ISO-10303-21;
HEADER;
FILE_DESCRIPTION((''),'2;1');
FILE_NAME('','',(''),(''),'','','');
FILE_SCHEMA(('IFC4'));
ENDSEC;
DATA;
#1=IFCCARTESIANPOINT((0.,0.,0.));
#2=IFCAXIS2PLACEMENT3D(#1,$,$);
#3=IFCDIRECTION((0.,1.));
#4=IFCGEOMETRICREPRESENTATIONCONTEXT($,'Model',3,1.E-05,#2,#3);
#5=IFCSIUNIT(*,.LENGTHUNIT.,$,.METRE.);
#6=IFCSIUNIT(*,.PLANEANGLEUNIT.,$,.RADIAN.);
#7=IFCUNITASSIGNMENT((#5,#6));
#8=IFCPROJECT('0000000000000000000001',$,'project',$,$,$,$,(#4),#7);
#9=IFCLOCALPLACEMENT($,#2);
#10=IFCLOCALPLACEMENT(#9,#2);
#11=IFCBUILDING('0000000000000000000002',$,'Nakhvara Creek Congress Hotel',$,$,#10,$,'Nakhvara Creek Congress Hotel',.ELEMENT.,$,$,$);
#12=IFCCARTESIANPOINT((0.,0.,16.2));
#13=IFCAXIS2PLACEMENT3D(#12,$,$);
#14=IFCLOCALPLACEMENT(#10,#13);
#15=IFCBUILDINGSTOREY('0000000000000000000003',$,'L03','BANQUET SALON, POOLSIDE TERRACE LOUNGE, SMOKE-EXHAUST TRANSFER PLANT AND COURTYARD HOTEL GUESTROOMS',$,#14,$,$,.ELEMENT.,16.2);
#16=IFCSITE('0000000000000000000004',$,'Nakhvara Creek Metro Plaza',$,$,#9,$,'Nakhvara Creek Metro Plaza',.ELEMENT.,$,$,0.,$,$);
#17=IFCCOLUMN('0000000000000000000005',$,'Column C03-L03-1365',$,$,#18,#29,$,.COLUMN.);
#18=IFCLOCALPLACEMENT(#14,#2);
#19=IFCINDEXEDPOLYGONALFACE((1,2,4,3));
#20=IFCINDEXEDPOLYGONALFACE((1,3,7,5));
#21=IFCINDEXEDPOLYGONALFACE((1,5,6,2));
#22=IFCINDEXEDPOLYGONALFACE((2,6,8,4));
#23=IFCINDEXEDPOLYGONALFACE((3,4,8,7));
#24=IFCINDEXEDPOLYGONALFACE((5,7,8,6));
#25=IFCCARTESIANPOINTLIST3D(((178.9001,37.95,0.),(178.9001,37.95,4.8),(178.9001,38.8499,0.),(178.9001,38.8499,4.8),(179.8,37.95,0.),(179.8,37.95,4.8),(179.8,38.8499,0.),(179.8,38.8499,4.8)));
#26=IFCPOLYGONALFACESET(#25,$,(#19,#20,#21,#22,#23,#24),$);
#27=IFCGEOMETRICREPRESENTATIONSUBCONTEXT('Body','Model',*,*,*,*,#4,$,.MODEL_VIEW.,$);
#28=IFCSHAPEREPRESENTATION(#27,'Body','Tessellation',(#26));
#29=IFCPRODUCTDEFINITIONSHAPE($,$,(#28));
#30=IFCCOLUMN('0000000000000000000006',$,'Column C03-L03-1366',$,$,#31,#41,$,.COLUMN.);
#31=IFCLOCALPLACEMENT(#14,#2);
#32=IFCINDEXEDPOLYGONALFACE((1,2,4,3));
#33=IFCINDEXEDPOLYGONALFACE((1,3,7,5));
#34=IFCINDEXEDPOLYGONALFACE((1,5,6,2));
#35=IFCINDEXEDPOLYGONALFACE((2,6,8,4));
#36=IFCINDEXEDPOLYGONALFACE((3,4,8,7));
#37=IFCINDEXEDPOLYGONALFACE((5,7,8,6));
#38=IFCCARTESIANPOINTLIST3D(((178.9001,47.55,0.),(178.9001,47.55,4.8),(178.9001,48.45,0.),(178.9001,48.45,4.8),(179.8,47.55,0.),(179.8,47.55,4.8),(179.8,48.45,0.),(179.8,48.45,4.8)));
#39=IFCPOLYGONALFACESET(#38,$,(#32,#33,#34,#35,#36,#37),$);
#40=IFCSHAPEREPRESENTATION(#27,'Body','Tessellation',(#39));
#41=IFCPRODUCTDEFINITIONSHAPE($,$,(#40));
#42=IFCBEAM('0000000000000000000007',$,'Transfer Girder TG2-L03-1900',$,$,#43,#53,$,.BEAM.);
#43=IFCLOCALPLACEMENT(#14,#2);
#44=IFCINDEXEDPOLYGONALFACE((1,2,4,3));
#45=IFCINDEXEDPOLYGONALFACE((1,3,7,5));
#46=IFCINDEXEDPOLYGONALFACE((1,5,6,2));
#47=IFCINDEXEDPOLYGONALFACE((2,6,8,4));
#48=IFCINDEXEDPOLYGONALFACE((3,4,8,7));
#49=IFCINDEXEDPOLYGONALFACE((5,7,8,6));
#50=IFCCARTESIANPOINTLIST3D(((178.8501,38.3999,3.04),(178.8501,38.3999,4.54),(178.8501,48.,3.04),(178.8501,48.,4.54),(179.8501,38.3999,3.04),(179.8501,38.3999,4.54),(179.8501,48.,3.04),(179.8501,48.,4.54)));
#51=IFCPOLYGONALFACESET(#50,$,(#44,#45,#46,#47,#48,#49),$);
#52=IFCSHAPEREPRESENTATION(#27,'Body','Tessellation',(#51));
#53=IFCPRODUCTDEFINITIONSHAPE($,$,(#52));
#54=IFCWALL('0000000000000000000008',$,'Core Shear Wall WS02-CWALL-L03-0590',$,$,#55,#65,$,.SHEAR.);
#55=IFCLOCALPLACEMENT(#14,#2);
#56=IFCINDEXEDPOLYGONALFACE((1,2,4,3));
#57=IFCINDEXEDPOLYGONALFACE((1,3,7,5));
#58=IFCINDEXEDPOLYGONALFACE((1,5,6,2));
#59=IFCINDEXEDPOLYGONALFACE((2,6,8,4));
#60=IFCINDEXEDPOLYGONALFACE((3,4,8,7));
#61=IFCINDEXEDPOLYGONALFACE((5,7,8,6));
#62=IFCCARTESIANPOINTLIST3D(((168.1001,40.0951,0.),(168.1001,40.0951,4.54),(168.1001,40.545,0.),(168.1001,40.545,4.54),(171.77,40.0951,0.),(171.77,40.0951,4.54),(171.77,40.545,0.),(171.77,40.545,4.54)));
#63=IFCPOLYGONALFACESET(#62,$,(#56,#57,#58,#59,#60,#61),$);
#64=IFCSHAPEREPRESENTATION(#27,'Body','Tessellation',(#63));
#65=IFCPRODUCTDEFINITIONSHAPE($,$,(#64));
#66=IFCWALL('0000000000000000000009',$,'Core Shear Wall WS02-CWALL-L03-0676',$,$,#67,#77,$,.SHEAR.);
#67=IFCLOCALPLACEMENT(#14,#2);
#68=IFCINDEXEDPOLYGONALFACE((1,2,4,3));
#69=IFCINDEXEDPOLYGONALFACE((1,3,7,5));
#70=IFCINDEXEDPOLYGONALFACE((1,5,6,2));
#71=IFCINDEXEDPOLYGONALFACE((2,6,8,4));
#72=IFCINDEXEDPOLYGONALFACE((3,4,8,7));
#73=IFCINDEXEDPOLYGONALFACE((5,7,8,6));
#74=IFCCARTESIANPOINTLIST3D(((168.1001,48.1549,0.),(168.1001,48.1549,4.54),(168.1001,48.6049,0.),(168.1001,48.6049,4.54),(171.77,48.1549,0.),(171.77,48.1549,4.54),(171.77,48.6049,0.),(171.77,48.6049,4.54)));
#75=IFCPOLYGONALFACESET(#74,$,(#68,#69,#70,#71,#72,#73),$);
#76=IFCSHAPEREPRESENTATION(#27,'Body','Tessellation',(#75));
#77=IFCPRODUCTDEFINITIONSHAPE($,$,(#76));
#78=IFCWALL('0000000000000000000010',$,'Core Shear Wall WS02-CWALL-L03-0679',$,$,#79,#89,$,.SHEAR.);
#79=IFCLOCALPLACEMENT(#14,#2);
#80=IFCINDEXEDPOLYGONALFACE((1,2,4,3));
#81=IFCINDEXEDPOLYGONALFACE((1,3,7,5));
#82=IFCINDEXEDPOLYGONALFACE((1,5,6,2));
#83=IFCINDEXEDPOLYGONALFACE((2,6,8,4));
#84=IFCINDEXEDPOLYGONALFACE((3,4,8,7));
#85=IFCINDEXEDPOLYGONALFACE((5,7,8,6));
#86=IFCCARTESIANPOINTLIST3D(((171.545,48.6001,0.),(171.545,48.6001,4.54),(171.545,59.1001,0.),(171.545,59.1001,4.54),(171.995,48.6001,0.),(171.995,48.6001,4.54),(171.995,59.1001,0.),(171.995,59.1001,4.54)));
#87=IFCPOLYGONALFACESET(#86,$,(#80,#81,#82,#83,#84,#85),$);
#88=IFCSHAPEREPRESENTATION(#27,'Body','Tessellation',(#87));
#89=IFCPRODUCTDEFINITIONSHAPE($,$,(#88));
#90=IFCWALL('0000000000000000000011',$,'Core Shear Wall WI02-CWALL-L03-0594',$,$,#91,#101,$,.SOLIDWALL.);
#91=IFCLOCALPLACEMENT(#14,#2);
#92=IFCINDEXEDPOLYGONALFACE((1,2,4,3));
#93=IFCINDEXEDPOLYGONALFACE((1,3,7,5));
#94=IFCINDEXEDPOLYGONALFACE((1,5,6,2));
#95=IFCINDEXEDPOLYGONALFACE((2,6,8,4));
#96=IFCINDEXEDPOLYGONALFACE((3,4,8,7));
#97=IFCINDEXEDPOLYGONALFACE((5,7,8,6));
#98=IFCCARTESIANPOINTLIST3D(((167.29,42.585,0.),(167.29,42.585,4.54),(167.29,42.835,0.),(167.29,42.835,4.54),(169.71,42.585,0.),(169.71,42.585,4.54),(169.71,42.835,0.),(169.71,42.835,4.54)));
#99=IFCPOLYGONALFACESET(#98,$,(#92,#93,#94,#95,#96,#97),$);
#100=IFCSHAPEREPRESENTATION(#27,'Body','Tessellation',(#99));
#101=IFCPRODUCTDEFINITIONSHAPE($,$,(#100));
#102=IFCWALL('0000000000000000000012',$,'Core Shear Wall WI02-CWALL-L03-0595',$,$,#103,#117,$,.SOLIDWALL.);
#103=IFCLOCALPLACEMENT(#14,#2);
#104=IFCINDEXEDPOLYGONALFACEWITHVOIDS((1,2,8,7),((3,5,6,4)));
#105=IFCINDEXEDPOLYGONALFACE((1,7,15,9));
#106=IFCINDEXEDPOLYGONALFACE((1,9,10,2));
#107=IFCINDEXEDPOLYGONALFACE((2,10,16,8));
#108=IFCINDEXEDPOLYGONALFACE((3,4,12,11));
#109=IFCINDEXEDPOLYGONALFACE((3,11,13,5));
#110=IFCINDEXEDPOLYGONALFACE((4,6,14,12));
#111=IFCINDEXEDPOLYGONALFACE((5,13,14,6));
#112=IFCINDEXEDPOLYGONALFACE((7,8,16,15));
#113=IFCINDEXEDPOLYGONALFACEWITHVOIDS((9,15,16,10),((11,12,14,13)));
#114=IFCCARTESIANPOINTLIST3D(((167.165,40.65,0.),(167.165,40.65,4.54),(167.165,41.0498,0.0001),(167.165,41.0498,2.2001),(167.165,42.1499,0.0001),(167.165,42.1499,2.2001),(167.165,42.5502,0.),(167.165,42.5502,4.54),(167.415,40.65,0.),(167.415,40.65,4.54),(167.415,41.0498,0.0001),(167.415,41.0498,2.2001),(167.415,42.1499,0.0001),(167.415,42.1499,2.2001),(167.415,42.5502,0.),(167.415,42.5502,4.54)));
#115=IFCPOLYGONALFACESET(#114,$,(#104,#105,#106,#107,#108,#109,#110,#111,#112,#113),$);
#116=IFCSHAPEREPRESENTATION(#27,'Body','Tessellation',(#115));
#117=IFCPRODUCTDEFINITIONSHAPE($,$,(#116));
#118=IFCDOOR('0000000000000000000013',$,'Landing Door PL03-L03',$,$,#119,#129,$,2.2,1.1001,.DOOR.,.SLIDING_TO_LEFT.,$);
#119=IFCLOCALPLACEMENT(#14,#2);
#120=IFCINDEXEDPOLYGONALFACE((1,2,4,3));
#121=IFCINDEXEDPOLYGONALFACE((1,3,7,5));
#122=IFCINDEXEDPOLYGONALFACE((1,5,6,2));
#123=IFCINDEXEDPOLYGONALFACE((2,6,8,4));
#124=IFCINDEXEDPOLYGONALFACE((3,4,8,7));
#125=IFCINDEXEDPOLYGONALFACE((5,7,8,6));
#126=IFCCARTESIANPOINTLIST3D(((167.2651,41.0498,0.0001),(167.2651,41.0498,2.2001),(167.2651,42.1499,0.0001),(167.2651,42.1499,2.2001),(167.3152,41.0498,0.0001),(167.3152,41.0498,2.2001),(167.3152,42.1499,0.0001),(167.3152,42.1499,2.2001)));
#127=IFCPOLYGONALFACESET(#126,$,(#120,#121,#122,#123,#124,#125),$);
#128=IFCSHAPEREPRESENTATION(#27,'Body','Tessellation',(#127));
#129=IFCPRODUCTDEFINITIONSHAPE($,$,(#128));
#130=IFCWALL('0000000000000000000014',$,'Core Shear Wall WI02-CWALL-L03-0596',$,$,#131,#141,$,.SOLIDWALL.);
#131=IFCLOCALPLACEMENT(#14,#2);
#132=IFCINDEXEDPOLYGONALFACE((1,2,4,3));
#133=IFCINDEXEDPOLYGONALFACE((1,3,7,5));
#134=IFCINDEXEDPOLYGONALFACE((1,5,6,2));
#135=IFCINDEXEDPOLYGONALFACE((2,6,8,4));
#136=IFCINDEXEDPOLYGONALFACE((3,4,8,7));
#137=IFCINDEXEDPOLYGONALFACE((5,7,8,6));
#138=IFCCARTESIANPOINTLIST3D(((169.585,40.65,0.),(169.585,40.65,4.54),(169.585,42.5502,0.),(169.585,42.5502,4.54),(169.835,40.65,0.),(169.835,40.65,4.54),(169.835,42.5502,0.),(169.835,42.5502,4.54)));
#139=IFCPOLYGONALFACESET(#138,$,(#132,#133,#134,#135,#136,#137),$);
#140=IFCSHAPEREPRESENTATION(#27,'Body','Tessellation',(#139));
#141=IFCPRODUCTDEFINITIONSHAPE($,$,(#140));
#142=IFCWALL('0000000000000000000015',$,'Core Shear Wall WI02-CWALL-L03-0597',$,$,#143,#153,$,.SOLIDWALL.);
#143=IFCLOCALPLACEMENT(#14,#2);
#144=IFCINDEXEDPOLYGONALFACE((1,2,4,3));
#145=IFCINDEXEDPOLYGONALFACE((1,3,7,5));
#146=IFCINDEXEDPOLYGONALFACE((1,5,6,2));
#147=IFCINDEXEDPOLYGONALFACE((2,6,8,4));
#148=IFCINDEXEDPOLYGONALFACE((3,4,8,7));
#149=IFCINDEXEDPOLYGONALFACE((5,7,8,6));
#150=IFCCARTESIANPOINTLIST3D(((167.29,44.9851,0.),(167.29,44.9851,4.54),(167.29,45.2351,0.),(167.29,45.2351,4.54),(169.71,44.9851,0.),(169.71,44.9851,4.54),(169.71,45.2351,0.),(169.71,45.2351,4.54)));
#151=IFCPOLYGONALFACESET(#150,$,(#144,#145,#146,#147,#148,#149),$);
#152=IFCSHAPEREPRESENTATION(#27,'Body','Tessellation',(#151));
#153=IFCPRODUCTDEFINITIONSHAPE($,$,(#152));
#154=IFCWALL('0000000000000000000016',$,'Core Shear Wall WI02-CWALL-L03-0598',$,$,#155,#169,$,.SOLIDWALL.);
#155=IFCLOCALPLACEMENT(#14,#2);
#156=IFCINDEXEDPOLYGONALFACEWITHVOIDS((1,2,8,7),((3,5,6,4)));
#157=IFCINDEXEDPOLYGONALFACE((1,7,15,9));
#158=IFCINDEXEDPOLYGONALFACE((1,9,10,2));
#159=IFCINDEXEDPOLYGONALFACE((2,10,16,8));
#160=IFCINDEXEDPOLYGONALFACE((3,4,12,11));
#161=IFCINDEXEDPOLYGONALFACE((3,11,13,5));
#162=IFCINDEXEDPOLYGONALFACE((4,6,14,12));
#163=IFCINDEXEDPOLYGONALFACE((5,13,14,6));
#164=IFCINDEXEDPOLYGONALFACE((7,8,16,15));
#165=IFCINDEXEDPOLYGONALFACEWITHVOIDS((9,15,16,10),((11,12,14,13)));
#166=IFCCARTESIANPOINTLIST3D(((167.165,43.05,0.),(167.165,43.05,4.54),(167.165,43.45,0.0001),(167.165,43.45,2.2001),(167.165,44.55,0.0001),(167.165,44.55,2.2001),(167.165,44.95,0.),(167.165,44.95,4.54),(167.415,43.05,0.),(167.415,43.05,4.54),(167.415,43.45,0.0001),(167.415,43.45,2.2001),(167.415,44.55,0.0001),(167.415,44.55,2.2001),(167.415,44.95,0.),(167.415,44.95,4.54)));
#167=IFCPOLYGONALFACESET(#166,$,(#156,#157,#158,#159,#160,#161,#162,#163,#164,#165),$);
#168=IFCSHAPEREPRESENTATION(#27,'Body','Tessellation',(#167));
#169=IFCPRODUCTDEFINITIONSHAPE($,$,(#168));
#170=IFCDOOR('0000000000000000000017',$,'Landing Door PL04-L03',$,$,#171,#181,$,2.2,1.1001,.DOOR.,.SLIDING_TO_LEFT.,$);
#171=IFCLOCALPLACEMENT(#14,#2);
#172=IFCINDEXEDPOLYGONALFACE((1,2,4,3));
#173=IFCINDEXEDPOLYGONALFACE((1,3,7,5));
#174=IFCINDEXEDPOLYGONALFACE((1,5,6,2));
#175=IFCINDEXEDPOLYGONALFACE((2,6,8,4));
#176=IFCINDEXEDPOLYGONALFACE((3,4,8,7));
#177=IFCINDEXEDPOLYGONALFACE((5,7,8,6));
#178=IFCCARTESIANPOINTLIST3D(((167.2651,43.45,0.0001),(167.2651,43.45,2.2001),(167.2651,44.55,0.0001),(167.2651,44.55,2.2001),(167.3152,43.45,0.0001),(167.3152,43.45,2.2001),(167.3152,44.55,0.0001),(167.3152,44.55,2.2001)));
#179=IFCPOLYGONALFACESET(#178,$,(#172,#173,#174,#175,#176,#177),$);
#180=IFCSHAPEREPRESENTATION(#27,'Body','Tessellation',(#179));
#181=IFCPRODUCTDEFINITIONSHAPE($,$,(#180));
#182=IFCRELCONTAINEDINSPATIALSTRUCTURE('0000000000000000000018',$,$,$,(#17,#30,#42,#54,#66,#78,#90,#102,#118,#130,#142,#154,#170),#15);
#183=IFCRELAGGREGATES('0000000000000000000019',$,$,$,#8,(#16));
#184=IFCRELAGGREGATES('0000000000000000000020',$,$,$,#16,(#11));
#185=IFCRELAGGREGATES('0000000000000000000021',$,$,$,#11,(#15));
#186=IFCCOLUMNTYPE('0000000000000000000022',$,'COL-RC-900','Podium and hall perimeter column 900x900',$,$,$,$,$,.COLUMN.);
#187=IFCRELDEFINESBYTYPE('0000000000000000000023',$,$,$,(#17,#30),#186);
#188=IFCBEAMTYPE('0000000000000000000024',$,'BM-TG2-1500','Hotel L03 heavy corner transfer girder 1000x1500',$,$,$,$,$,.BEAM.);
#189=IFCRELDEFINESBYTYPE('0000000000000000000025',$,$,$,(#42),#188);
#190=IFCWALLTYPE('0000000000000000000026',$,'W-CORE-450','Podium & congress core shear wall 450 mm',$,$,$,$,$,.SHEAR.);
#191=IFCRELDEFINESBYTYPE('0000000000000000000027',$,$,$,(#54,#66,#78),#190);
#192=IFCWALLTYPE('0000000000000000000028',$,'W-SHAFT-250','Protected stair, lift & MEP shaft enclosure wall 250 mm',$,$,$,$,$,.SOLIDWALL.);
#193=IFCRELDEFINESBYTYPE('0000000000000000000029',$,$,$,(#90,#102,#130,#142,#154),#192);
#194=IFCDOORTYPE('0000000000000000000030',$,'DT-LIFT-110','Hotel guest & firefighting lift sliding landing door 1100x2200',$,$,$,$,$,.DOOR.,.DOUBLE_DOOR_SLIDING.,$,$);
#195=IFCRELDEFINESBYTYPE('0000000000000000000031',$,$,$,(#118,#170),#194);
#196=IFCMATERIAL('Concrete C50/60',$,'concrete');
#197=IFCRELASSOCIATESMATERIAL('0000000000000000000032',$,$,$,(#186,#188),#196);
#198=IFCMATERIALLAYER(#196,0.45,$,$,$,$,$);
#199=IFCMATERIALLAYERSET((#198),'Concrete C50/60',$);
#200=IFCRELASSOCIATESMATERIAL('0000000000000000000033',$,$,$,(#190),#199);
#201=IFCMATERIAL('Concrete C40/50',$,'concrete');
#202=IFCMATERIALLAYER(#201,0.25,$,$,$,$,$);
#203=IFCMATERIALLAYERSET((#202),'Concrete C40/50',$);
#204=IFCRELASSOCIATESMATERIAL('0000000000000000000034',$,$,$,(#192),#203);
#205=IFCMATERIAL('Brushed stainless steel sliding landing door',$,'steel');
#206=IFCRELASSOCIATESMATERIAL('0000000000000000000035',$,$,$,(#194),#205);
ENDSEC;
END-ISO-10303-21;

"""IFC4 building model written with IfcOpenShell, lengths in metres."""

from ifc_helpers import new_model, si_unit, direction, frame, frame_2d, origin, origin_2d, place, context, subcontext, project, spatial, rectangle, extrude, material, layer, layer_set, material_profile, profile_set, type_object, element, fill, save


model = new_model("IFC4")

# Units and contexts
model_context = context("Model", 3, precision=1e-05, world=origin(), true_north=direction((0.0, 1.0)))
body_context = subcontext(model_context, "Body", "Model", "MODEL_VIEW")
ifc_project = project(units=[si_unit("LENGTHUNIT", "METRE"), si_unit("PLANEANGLEUNIT", "RADIAN")], contexts=[model_context])

# Site, building, storey
site_placement = place(None, origin())
site = spatial("IfcSite", under=ifc_project, at=site_placement, Name="Nakhvara Creek Metro Plaza", LongName="Nakhvara Creek Metro Plaza", CompositionType="ELEMENT", RefElevation=0.0)
building_placement = place(site_placement, origin())
building = spatial("IfcBuilding", under=site, at=building_placement, Name="Nakhvara Creek Congress Hotel", LongName="Nakhvara Creek Congress Hotel", CompositionType="ELEMENT")
storey_placement = place(building_placement, frame((0.0, 0.0, 16.2)))
storey = spatial("IfcBuildingStorey", under=building, at=storey_placement, Name="L03", Description="BANQUET SALON, POOLSIDE TERRACE LOUNGE, SMOKE-EXHAUST TRANSFER PLANT AND COURTYARD HOTEL GUESTROOMS", CompositionType="ELEMENT", Elevation=16.2)

# Columns
ifc_material_1 = material(Name="Concrete C50/60", Category="concrete")
ifc_material_profile_1 = material_profile(ifc_material_1, rectangle(XDim=0.8999, YDim=0.8999, at=origin_2d()), Name="RC-COL 900x900", Category="LoadBearing")
ifc_profile_set_1 = profile_set([ifc_material_profile_1], Name="Concrete C50/60")
column_type = type_object("IfcColumnType", Name="COL-RC-900", Description="Podium and hall perimeter column 900x900", PredefinedType="COLUMN", material=ifc_profile_set_1)
for number, where, z_axis, x_axis, name in (
    (1, (179.3501, 38.3999, 0.0), (0.0, 0.0, 1.0), (1.0, 0.0, 0.0), "Column C03-L03-1365"),
    (2, (179.3501, 48.0, 0.0), (0.0, 0.0, 1.0), (1.0, 0.0, 0.0), "Column C03-L03-1366"),
):
    element("IfcColumn", number, at=place(storey_placement, frame(where, z_axis=z_axis, x_axis=x_axis)), inside=storey, type_object=column_type, Name=name, PredefinedType="COLUMN", context=body_context, shape_type="SweptSolid", body=[
        extrude(rectangle(XDim=0.8999, YDim=0.8999, at=origin_2d()), origin(), (0.0, 0.0, 1.0), 4.8),
    ])

# Beam
ifc_material_profile_2 = material_profile(ifc_material_1, rectangle(XDim=1.0, YDim=1.5, at=origin_2d()), Name="RC-TG 1000x1500", Category="LoadBearing")
ifc_profile_set_2 = profile_set([ifc_material_profile_2], Name="Concrete C50/60")
beam_type = type_object("IfcBeamType", Name="BM-TG2-1500", Description="Hotel L03 heavy corner transfer girder 1000x1500", PredefinedType="BEAM", material=ifc_profile_set_2)
beam_placement = place(storey_placement, frame((179.3501, 38.3999, 3.79), z_axis=(0.0, 1.0, 0.0), x_axis=(-1.0, 0.0, 0.0)))
element("IfcBeam", 3, at=beam_placement, inside=storey, type_object=beam_type, Name="Transfer Girder TG2-L03-1900", PredefinedType="BEAM", context=body_context, shape_type="SweptSolid", body=[
    extrude(rectangle(XDim=1.0, YDim=1.5, at=origin_2d()), origin(), (0.0, 0.0, 1.0), 9.6001),
])

# Walls
ifc_layer_1 = layer(ifc_material_1, 0.45)
ifc_layer_set_1 = layer_set([ifc_layer_1], Name="Concrete C50/60")
wall_type_1 = type_object("IfcWallType", Name="W-CORE-450", Description="Podium & congress core shear wall 450 mm", PredefinedType="SHEAR", material=ifc_layer_set_1)
for number, where, z_axis, x_axis, name in (
    (4, (168.1001, 40.3201, 0.0), (0.0, 0.0, 1.0), (1.0, 0.0, 0.0), "Core Shear Wall WS02-CWALL-L03-0590"),
    (5, (168.1001, 48.3799, 0.0), (0.0, 0.0, 1.0), (1.0, 0.0, 0.0), "Core Shear Wall WS02-CWALL-L03-0676"),
):
    element("IfcWall", number, at=place(storey_placement, frame(where, z_axis=z_axis, x_axis=x_axis)), inside=storey, type_object=wall_type_1, Name=name, PredefinedType="SHEAR", context=body_context, shape_type="SweptSolid", body=[
        extrude(rectangle(XDim=3.6699, YDim=0.45, at=frame_2d((1.835, 0.0))), origin(), (0.0, 0.0, 1.0), 4.54),
    ])

# Walls
wall_1_placement = place(storey_placement, frame((171.77, 48.6001, 0.0), z_axis=(0.0, 0.0, 1.0), x_axis=(0.0, 1.0, 0.0)))
element("IfcWall", 6, at=wall_1_placement, inside=storey, type_object=wall_type_1, Name="Core Shear Wall WS02-CWALL-L03-0679", PredefinedType="SHEAR", context=body_context, shape_type="SweptSolid", body=[
    extrude(rectangle(XDim=10.5, YDim=0.45, at=frame_2d((5.25, 0.0))), origin(), (0.0, 0.0, 1.0), 4.54),
])
ifc_material_2 = material(Name="Concrete C40/50", Category="concrete")
ifc_layer_2 = layer(ifc_material_2, 0.25)
ifc_layer_set_2 = layer_set([ifc_layer_2], Name="Concrete C40/50")
wall_type_2 = type_object("IfcWallType", Name="W-SHAFT-250", Description="Protected stair, lift & MEP shaft enclosure wall 250 mm", PredefinedType="SOLIDWALL", material=ifc_layer_set_2)
wall_2_placement = place(storey_placement, frame((167.29, 42.71, 0.0), z_axis=(0.0, 0.0, 1.0), x_axis=(1.0, 0.0, 0.0)))
element("IfcWall", 7, at=wall_2_placement, inside=storey, type_object=wall_type_2, Name="Core Shear Wall WI02-CWALL-L03-0594", PredefinedType="SOLIDWALL", context=body_context, shape_type="SweptSolid", body=[
    extrude(rectangle(XDim=2.4199, YDim=0.25, at=frame_2d((1.21, 0.0))), origin(), (0.0, 0.0, 1.0), 4.54),
])

# Wall, opening, door
wall_3_placement = place(storey_placement, frame((167.29, 40.6499, 0.0), z_axis=(0.0, 0.0, 1.0), x_axis=(0.0, 1.0, 0.0)))
wall_3 = element("IfcWall", 8, at=wall_3_placement, inside=storey, type_object=wall_type_2, Name="Core Shear Wall WI02-CWALL-L03-0595", PredefinedType="SOLIDWALL", context=body_context, shape_type="SweptSolid", body=[
    extrude(rectangle(XDim=1.9001, YDim=0.25, at=frame_2d((0.9502, 0.0))), origin(), (0.0, 0.0, 1.0), 4.54),
])
opening_1_placement = place(wall_3_placement, frame((0.3999, 0.0, 0.0)))
opening_1 = element("IfcOpeningElement", 9, at=opening_1_placement, cuts=wall_3, PredefinedType="OPENING", context=body_context, shape_type="SweptSolid", body=[
    extrude(rectangle(XDim=1.1001, YDim=2.2, at=frame_2d((0.55, 1.1001))), frame((0.0, 0.137, 0.0), z_axis=(0.0, -1.0, 0.0), x_axis=(1.0, 0.0, 0.0)), (0.0, 0.0, 1.0), 0.2739),
])
ifc_material_3 = material(Name="Brushed stainless steel sliding landing door", Category="steel")
door_type_1 = type_object("IfcDoorType", Name="DT-LIFT-110", Description="Hotel guest & firefighting lift sliding landing door 1100x2200", OperationType="DOUBLE_DOOR_SLIDING", PredefinedType="DOOR", material=ifc_material_3)
door_1_placement = place(opening_1_placement, origin())
door_1 = element("IfcDoor", 10, at=door_1_placement, inside=storey, type_object=door_type_1, Name="Landing Door PL03-L03", OperationType="SLIDING_TO_LEFT", OverallHeight=2.2, OverallWidth=1.1001, PredefinedType="DOOR", context=body_context, shape_type="SweptSolid", body=[
    extrude(rectangle(XDim=1.1001, YDim=2.2, at=frame_2d((0.55, 1.1001))), frame((0.0, 0.0249, 0.0), z_axis=(0.0, -1.0, 0.0), x_axis=(1.0, 0.0, 0.0)), (0.0, 0.0, 1.0), 0.05),
])
fill(opening_1, door_1)

# Walls
wall_4_placement = place(storey_placement, frame((169.71, 40.6499, 0.0), z_axis=(0.0, 0.0, 1.0), x_axis=(0.0, 1.0, 0.0)))
element("IfcWall", 11, at=wall_4_placement, inside=storey, type_object=wall_type_2, Name="Core Shear Wall WI02-CWALL-L03-0596", PredefinedType="SOLIDWALL", context=body_context, shape_type="SweptSolid", body=[
    extrude(rectangle(XDim=1.9001, YDim=0.25, at=frame_2d((0.9502, 0.0))), origin(), (0.0, 0.0, 1.0), 4.54),
])
wall_5_placement = place(storey_placement, frame((167.29, 45.1101, 0.0), z_axis=(0.0, 0.0, 1.0), x_axis=(1.0, 0.0, 0.0)))
element("IfcWall", 12, at=wall_5_placement, inside=storey, type_object=wall_type_2, Name="Core Shear Wall WI02-CWALL-L03-0597", PredefinedType="SOLIDWALL", context=body_context, shape_type="SweptSolid", body=[
    extrude(rectangle(XDim=2.4199, YDim=0.25, at=frame_2d((1.21, 0.0))), origin(), (0.0, 0.0, 1.0), 4.54),
])

# Wall, opening, door
wall_6_placement = place(storey_placement, frame((167.29, 43.05, 0.0), z_axis=(0.0, 0.0, 1.0), x_axis=(0.0, 1.0, 0.0)))
wall_6 = element("IfcWall", 13, at=wall_6_placement, inside=storey, type_object=wall_type_2, Name="Core Shear Wall WI02-CWALL-L03-0598", PredefinedType="SOLIDWALL", context=body_context, shape_type="SweptSolid", body=[
    extrude(rectangle(XDim=1.8999, YDim=0.25, at=frame_2d((0.95, 0.0))), origin(), (0.0, 0.0, 1.0), 4.54),
])
opening_2_placement = place(wall_6_placement, frame((0.3999, 0.0, 0.0)))
opening_2 = element("IfcOpeningElement", 14, at=opening_2_placement, cuts=wall_6, PredefinedType="OPENING", context=body_context, shape_type="SweptSolid", body=[
    extrude(rectangle(XDim=1.1001, YDim=2.2, at=frame_2d((0.55, 1.1001))), frame((0.0, 0.137, 0.0), z_axis=(0.0, -1.0, 0.0), x_axis=(1.0, 0.0, 0.0)), (0.0, 0.0, 1.0), 0.2739),
])
door_2_placement = place(opening_2_placement, origin())
door_2 = element("IfcDoor", 15, at=door_2_placement, inside=storey, type_object=door_type_1, Name="Landing Door PL04-L03", OperationType="SLIDING_TO_LEFT", OverallHeight=2.2, OverallWidth=1.1001, PredefinedType="DOOR", context=body_context, shape_type="SweptSolid", body=[
    extrude(rectangle(XDim=1.1001, YDim=2.2, at=frame_2d((0.55, 1.1001))), frame((0.0, 0.0249, 0.0), z_axis=(0.0, -1.0, 0.0), x_axis=(1.0, 0.0, 0.0)), (0.0, 0.0, 1.0), 0.05),
])
fill(opening_2, door_2)

save(model, "model.ifc")
